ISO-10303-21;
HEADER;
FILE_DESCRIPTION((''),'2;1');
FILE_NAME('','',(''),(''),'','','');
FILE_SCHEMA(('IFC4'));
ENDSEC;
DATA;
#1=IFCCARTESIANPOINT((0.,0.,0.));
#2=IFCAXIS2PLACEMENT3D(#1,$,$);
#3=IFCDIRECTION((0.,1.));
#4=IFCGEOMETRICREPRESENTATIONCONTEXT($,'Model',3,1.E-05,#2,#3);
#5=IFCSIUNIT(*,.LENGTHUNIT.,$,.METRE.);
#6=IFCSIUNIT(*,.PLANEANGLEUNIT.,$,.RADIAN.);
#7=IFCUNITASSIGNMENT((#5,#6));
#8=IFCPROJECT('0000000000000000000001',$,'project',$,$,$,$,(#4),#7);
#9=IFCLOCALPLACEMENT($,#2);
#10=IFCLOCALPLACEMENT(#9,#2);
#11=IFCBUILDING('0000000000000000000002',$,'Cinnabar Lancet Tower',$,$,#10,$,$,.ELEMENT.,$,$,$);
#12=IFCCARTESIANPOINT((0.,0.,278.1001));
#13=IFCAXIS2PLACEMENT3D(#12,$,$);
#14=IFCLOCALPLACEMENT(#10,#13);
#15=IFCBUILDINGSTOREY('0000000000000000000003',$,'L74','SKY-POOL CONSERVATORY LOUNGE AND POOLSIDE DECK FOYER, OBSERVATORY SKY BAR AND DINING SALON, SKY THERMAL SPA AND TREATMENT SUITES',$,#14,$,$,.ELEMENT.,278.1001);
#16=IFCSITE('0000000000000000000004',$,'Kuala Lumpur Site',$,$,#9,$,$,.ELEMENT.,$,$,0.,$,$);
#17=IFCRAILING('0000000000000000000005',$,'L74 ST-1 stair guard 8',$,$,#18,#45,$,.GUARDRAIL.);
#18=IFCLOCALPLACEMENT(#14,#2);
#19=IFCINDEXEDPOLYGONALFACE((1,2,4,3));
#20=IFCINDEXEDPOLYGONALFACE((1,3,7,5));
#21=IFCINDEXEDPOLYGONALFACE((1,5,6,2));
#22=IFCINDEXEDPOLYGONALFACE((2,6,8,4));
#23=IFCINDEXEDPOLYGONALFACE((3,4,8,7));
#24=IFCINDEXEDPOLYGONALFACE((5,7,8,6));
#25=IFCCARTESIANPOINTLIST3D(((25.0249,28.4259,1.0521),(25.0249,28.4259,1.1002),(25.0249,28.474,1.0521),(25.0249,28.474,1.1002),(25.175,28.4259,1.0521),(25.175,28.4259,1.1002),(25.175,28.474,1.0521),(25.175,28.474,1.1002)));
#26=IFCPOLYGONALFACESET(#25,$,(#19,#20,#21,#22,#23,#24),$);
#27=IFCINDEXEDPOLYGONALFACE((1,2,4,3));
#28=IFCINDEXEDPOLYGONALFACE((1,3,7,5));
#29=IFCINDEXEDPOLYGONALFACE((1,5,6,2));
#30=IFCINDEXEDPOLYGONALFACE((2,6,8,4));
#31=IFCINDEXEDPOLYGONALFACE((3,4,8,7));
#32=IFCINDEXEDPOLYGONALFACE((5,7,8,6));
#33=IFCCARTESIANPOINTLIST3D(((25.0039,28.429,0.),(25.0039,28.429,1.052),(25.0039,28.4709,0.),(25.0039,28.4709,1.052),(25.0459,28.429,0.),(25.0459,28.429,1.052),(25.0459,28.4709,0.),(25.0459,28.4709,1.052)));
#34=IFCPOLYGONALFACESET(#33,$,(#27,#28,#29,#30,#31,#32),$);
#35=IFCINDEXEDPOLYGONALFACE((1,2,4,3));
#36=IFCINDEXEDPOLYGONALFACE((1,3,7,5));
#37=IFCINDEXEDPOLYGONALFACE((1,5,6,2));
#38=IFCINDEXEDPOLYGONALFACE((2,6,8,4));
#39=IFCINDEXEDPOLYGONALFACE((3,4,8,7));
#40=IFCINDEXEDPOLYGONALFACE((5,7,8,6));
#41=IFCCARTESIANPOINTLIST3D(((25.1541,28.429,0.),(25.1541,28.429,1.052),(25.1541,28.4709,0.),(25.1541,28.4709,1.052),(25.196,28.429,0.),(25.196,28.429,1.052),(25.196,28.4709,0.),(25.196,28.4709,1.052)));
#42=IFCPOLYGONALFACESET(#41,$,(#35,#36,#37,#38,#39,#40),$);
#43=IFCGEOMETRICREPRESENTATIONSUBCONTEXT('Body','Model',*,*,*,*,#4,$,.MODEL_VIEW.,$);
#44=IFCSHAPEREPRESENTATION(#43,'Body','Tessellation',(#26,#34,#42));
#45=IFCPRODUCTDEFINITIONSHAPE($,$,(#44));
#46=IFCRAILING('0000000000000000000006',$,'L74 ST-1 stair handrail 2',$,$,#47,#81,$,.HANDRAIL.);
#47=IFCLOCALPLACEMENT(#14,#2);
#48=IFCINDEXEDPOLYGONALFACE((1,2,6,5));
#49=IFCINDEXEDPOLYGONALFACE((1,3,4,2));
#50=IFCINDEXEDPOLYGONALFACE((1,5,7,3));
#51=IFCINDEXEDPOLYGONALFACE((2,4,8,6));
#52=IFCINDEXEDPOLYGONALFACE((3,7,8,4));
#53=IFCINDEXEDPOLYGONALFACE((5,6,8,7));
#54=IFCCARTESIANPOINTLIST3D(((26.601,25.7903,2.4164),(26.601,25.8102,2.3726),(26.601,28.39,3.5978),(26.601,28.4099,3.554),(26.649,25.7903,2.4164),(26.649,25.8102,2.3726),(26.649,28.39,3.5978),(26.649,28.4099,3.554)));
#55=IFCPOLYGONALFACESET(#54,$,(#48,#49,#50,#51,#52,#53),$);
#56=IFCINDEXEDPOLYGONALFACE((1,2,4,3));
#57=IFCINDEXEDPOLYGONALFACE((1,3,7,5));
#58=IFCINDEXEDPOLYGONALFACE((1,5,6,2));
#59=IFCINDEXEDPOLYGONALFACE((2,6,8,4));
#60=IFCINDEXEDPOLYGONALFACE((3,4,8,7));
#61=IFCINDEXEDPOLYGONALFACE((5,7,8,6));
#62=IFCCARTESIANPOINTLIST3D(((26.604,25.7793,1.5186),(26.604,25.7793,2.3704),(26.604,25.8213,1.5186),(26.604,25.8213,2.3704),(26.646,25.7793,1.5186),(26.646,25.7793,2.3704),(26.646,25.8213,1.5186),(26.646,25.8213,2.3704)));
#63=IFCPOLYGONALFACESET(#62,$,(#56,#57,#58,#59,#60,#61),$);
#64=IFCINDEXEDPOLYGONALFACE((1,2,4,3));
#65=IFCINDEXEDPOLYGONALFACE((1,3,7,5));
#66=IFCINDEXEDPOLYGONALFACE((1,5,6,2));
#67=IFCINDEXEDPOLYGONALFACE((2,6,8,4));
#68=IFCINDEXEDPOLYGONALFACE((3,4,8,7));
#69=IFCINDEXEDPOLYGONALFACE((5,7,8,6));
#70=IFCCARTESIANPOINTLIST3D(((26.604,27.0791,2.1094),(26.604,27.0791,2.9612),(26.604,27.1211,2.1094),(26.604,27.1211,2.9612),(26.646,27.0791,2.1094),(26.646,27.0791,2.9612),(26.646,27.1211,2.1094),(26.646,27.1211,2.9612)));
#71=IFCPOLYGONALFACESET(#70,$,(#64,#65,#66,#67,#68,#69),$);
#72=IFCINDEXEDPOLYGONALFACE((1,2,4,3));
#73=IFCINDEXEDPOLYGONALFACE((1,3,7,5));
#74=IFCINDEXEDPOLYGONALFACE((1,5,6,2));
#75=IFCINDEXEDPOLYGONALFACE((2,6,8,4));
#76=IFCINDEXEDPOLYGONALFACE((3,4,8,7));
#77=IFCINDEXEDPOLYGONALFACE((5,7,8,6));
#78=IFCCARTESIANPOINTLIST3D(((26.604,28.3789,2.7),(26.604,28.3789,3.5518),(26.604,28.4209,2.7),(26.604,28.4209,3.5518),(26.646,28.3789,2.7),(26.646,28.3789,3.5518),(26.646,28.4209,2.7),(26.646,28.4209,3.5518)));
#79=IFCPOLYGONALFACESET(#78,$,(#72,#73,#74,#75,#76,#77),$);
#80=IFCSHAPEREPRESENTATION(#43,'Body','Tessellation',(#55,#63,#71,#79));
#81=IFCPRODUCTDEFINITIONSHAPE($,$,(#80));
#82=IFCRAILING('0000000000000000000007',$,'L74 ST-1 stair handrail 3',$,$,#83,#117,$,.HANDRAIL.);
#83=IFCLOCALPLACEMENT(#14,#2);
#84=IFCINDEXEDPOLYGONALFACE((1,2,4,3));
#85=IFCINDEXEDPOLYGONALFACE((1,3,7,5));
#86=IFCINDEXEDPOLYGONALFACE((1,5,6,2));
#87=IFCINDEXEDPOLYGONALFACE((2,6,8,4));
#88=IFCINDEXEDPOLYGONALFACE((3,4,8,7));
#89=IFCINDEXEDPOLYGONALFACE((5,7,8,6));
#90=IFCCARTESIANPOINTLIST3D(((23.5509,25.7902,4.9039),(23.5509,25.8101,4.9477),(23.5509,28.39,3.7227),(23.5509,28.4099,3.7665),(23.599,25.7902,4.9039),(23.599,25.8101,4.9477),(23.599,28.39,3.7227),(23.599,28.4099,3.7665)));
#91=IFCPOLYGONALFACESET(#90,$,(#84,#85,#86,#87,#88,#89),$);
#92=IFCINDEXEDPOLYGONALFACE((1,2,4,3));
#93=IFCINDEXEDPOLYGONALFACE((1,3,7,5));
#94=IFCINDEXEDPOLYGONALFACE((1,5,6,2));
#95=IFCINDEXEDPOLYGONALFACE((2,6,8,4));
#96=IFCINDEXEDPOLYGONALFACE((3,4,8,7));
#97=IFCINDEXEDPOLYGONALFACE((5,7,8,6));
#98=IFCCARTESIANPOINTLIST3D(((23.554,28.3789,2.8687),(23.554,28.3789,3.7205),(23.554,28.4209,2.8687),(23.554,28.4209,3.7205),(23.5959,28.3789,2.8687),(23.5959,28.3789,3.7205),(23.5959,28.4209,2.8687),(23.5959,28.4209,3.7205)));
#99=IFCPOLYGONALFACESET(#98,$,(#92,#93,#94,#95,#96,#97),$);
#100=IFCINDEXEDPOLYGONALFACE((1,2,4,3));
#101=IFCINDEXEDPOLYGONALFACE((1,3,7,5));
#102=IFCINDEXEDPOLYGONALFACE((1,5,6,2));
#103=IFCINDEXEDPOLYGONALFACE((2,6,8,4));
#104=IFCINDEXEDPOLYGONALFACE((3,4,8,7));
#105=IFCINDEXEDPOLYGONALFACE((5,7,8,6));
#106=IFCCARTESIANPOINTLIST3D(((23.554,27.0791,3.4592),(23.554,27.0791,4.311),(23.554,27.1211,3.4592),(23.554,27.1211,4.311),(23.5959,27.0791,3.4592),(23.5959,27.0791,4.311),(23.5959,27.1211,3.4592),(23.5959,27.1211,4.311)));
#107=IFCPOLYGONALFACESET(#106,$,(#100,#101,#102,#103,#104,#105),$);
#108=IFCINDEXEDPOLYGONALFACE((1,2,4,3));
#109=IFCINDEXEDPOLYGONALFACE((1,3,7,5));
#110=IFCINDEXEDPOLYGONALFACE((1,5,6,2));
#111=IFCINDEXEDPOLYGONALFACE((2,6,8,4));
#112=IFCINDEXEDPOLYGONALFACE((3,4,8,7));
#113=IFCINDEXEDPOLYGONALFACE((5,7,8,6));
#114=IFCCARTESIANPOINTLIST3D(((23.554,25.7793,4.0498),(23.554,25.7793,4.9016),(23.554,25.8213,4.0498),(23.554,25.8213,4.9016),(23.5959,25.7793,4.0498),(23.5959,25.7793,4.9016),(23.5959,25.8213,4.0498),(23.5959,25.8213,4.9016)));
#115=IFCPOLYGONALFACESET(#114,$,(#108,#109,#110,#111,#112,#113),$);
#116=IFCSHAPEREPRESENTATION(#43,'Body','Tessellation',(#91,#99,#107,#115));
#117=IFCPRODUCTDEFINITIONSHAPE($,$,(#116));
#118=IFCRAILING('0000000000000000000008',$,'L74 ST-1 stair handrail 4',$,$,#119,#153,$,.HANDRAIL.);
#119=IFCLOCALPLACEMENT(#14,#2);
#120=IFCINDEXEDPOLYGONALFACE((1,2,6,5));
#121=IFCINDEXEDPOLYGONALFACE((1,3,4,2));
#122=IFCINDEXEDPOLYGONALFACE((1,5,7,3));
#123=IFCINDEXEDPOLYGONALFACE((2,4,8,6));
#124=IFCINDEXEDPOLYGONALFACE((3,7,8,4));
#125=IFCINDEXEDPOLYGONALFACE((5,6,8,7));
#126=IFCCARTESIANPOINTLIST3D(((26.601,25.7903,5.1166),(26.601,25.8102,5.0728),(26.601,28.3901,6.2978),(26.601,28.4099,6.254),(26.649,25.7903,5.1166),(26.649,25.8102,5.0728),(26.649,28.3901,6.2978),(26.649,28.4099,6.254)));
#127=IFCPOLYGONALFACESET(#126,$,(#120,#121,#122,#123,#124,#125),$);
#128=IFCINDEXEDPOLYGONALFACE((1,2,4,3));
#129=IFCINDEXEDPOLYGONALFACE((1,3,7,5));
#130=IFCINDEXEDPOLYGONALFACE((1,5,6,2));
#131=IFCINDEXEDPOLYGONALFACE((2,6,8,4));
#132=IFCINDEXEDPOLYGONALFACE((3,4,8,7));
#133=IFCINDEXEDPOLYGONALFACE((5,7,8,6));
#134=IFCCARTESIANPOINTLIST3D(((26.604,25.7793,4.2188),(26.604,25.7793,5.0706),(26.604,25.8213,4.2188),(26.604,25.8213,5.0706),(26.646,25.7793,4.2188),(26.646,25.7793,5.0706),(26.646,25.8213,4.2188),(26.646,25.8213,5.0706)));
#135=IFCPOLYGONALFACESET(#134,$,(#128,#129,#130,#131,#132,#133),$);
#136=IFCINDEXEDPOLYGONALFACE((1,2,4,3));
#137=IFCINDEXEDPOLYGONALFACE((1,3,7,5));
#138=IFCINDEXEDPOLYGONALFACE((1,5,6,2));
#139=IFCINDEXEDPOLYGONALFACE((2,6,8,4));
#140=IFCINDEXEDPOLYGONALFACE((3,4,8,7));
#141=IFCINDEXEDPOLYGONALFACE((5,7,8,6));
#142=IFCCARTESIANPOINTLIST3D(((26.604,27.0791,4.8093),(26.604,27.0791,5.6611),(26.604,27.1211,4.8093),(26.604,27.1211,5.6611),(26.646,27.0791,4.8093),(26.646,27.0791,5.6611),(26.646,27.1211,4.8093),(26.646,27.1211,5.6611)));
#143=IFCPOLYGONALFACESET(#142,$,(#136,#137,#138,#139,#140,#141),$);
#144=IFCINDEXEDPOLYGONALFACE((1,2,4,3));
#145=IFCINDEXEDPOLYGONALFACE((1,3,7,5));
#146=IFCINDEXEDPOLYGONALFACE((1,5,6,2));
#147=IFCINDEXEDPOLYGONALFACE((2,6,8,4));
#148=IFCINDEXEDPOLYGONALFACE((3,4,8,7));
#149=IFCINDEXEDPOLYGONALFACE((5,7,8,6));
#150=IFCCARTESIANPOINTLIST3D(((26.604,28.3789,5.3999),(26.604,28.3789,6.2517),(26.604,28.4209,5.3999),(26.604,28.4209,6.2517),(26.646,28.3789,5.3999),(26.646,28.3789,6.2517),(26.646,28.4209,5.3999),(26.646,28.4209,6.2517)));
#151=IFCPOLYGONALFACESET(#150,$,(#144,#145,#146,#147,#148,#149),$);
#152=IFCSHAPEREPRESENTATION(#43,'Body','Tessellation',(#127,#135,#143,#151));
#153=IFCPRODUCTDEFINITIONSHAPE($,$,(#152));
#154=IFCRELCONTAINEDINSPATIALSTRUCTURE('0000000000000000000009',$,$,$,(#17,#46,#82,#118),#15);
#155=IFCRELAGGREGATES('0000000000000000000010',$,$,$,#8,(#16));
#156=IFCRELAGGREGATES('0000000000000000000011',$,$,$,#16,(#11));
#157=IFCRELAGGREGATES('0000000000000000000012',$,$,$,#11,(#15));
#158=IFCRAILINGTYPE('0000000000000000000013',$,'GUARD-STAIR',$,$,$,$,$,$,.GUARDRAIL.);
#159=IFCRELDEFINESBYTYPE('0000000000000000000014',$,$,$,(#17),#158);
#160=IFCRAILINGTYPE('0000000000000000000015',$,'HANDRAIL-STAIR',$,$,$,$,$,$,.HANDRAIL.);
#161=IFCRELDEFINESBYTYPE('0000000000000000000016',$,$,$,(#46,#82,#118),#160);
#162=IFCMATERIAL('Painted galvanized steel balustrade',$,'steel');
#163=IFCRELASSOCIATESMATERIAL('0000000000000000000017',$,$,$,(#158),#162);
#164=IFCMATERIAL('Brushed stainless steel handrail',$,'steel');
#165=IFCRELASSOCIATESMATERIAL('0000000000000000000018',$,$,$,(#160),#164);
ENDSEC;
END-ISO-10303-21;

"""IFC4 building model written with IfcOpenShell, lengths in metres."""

from ifc_helpers import new_model, si_unit, direction, frame, origin, origin_2d, place, context, subcontext, project, spatial, rectangle, extrude, material, type_object, element, save


model = new_model("IFC4")

# Units and contexts
model_context = context("Model", 3, precision=1e-05, world=origin(), true_north=direction((0.0, 1.0)))
body_context = subcontext(model_context, "Body", "Model", "MODEL_VIEW")
ifc_project = project(units=[si_unit("LENGTHUNIT", "METRE"), si_unit("PLANEANGLEUNIT", "RADIAN")], contexts=[model_context])

# Site, building, storey
site_placement = place(None, origin())
site = spatial("IfcSite", under=ifc_project, at=site_placement, Name="Kuala Lumpur Site", CompositionType="ELEMENT", RefElevation=0.0)
building_placement = place(site_placement, origin())
building = spatial("IfcBuilding", under=site, at=building_placement, Name="Cinnabar Lancet Tower", CompositionType="ELEMENT")
storey_placement = place(building_placement, frame((0.0, 0.0, 278.1001)))
storey = spatial("IfcBuildingStorey", under=building, at=storey_placement, Name="L74", Description="SKY-POOL CONSERVATORY LOUNGE AND POOLSIDE DECK FOYER, OBSERVATORY SKY BAR AND DINING SALON, SKY THERMAL SPA AND TREATMENT SUITES", CompositionType="ELEMENT", Elevation=278.1001)

# Railings
ifc_material_1 = material(Name="Painted galvanized steel balustrade", Category="steel")
railing_type_1 = type_object("IfcRailingType", Name="GUARD-STAIR", PredefinedType="GUARDRAIL", material=ifc_material_1)
railing_1_placement = place(storey_placement, frame((25.0249, 28.45, 0.0)))
element("IfcRailing", 1, at=railing_1_placement, inside=storey, type_object=railing_type_1, Name="L74 ST-1 stair guard 8", PredefinedType="GUARDRAIL", context=body_context, shape_type="SweptSolid", body=[
    extrude(rectangle(XDim=0.0481, YDim=0.0481, at=origin_2d()), frame((0.0, 0.0, 1.0762), z_axis=(1.0, 0.0, 0.0), x_axis=(0.0, 1.0, 0.0)), (0.0, 0.0, 1.0), 0.1501),
    extrude(rectangle(XDim=0.042, YDim=0.042, at=origin_2d()), origin(), (0.0, 0.0, 1.0), 1.052),
    extrude(rectangle(XDim=0.042, YDim=0.042, at=origin_2d()), frame((0.1501, 0.0, 0.0)), (0.0, 0.0, 1.0), 1.052),
])
ifc_material_2 = material(Name="Brushed stainless steel handrail", Category="steel")
railing_type_2 = type_object("IfcRailingType", Name="HANDRAIL-STAIR", PredefinedType="HANDRAIL", material=ifc_material_2)
railing_2_placement = place(storey_placement, frame((26.625, 25.8003, 1.5186)))
element("IfcRailing", 2, at=railing_2_placement, inside=storey, type_object=railing_type_2, Name="L74 ST-1 stair handrail 2", PredefinedType="HANDRAIL", context=body_context, shape_type="SweptSolid", body=[
    extrude(rectangle(XDim=0.0481, YDim=0.0481, at=origin_2d()), frame((0.0, 0.0, 0.876), z_axis=(0.0, 0.910399, 0.413732), x_axis=(-1.0, 0.0, 0.0)), (0.0, 0.0, 1.0), 2.8555),
    extrude(rectangle(XDim=0.042, YDim=0.042, at=origin_2d()), origin(), (0.0, 0.0, 1.0), 0.8518),
    extrude(rectangle(XDim=0.042, YDim=0.042, at=origin_2d()), frame((0.0, 1.2998, 0.5908)), (0.0, 0.0, 1.0), 0.8518),
    extrude(rectangle(XDim=0.042, YDim=0.042, at=origin_2d()), frame((0.0, 2.5996, 1.1814)), (0.0, 0.0, 1.0), 0.8518),
])
railing_3_placement = place(storey_placement, frame((23.575, 28.3999, 2.8687)))
element("IfcRailing", 3, at=railing_3_placement, inside=storey, type_object=railing_type_2, Name="L74 ST-1 stair handrail 3", PredefinedType="HANDRAIL", context=body_context, shape_type="SweptSolid", body=[
    extrude(rectangle(XDim=0.0481, YDim=0.0481, at=origin_2d()), frame((0.0, 0.0, 0.876), z_axis=(0.0, -0.910431, 0.413661), x_axis=(1.0, 0.0, 0.0)), (0.0, 0.0, 1.0), 2.8555),
    extrude(rectangle(XDim=0.042, YDim=0.042, at=origin_2d()), origin(), (0.0, 0.0, 1.0), 0.8518),
    extrude(rectangle(XDim=0.042, YDim=0.042, at=origin_2d()), frame((0.0, -1.2998, 0.5906)), (0.0, 0.0, 1.0), 0.8518),
    extrude(rectangle(XDim=0.042, YDim=0.042, at=origin_2d()), frame((0.0, -2.5996, 1.1812)), (0.0, 0.0, 1.0), 0.8518),
])
railing_4_placement = place(storey_placement, frame((26.625, 25.8003, 4.2188)))
element("IfcRailing", 4, at=railing_4_placement, inside=storey, type_object=railing_type_2, Name="L74 ST-1 stair handrail 4", PredefinedType="HANDRAIL", context=body_context, shape_type="SweptSolid", body=[
    extrude(rectangle(XDim=0.0481, YDim=0.0481, at=origin_2d()), frame((0.0, 0.0, 0.876), z_axis=(0.0, 0.910431, 0.413661), x_axis=(-1.0, 0.0, 0.0)), (0.0, 0.0, 1.0), 2.8555),
    extrude(rectangle(XDim=0.042, YDim=0.042, at=origin_2d()), origin(), (0.0, 0.0, 1.0), 0.8518),
    extrude(rectangle(XDim=0.042, YDim=0.042, at=origin_2d()), frame((0.0, 1.2998, 0.5906)), (0.0, 0.0, 1.0), 0.8518),
    extrude(rectangle(XDim=0.042, YDim=0.042, at=origin_2d()), frame((0.0, 2.5996, 1.1812)), (0.0, 0.0, 1.0), 0.8518),
])

save(model, "model.ifc")
